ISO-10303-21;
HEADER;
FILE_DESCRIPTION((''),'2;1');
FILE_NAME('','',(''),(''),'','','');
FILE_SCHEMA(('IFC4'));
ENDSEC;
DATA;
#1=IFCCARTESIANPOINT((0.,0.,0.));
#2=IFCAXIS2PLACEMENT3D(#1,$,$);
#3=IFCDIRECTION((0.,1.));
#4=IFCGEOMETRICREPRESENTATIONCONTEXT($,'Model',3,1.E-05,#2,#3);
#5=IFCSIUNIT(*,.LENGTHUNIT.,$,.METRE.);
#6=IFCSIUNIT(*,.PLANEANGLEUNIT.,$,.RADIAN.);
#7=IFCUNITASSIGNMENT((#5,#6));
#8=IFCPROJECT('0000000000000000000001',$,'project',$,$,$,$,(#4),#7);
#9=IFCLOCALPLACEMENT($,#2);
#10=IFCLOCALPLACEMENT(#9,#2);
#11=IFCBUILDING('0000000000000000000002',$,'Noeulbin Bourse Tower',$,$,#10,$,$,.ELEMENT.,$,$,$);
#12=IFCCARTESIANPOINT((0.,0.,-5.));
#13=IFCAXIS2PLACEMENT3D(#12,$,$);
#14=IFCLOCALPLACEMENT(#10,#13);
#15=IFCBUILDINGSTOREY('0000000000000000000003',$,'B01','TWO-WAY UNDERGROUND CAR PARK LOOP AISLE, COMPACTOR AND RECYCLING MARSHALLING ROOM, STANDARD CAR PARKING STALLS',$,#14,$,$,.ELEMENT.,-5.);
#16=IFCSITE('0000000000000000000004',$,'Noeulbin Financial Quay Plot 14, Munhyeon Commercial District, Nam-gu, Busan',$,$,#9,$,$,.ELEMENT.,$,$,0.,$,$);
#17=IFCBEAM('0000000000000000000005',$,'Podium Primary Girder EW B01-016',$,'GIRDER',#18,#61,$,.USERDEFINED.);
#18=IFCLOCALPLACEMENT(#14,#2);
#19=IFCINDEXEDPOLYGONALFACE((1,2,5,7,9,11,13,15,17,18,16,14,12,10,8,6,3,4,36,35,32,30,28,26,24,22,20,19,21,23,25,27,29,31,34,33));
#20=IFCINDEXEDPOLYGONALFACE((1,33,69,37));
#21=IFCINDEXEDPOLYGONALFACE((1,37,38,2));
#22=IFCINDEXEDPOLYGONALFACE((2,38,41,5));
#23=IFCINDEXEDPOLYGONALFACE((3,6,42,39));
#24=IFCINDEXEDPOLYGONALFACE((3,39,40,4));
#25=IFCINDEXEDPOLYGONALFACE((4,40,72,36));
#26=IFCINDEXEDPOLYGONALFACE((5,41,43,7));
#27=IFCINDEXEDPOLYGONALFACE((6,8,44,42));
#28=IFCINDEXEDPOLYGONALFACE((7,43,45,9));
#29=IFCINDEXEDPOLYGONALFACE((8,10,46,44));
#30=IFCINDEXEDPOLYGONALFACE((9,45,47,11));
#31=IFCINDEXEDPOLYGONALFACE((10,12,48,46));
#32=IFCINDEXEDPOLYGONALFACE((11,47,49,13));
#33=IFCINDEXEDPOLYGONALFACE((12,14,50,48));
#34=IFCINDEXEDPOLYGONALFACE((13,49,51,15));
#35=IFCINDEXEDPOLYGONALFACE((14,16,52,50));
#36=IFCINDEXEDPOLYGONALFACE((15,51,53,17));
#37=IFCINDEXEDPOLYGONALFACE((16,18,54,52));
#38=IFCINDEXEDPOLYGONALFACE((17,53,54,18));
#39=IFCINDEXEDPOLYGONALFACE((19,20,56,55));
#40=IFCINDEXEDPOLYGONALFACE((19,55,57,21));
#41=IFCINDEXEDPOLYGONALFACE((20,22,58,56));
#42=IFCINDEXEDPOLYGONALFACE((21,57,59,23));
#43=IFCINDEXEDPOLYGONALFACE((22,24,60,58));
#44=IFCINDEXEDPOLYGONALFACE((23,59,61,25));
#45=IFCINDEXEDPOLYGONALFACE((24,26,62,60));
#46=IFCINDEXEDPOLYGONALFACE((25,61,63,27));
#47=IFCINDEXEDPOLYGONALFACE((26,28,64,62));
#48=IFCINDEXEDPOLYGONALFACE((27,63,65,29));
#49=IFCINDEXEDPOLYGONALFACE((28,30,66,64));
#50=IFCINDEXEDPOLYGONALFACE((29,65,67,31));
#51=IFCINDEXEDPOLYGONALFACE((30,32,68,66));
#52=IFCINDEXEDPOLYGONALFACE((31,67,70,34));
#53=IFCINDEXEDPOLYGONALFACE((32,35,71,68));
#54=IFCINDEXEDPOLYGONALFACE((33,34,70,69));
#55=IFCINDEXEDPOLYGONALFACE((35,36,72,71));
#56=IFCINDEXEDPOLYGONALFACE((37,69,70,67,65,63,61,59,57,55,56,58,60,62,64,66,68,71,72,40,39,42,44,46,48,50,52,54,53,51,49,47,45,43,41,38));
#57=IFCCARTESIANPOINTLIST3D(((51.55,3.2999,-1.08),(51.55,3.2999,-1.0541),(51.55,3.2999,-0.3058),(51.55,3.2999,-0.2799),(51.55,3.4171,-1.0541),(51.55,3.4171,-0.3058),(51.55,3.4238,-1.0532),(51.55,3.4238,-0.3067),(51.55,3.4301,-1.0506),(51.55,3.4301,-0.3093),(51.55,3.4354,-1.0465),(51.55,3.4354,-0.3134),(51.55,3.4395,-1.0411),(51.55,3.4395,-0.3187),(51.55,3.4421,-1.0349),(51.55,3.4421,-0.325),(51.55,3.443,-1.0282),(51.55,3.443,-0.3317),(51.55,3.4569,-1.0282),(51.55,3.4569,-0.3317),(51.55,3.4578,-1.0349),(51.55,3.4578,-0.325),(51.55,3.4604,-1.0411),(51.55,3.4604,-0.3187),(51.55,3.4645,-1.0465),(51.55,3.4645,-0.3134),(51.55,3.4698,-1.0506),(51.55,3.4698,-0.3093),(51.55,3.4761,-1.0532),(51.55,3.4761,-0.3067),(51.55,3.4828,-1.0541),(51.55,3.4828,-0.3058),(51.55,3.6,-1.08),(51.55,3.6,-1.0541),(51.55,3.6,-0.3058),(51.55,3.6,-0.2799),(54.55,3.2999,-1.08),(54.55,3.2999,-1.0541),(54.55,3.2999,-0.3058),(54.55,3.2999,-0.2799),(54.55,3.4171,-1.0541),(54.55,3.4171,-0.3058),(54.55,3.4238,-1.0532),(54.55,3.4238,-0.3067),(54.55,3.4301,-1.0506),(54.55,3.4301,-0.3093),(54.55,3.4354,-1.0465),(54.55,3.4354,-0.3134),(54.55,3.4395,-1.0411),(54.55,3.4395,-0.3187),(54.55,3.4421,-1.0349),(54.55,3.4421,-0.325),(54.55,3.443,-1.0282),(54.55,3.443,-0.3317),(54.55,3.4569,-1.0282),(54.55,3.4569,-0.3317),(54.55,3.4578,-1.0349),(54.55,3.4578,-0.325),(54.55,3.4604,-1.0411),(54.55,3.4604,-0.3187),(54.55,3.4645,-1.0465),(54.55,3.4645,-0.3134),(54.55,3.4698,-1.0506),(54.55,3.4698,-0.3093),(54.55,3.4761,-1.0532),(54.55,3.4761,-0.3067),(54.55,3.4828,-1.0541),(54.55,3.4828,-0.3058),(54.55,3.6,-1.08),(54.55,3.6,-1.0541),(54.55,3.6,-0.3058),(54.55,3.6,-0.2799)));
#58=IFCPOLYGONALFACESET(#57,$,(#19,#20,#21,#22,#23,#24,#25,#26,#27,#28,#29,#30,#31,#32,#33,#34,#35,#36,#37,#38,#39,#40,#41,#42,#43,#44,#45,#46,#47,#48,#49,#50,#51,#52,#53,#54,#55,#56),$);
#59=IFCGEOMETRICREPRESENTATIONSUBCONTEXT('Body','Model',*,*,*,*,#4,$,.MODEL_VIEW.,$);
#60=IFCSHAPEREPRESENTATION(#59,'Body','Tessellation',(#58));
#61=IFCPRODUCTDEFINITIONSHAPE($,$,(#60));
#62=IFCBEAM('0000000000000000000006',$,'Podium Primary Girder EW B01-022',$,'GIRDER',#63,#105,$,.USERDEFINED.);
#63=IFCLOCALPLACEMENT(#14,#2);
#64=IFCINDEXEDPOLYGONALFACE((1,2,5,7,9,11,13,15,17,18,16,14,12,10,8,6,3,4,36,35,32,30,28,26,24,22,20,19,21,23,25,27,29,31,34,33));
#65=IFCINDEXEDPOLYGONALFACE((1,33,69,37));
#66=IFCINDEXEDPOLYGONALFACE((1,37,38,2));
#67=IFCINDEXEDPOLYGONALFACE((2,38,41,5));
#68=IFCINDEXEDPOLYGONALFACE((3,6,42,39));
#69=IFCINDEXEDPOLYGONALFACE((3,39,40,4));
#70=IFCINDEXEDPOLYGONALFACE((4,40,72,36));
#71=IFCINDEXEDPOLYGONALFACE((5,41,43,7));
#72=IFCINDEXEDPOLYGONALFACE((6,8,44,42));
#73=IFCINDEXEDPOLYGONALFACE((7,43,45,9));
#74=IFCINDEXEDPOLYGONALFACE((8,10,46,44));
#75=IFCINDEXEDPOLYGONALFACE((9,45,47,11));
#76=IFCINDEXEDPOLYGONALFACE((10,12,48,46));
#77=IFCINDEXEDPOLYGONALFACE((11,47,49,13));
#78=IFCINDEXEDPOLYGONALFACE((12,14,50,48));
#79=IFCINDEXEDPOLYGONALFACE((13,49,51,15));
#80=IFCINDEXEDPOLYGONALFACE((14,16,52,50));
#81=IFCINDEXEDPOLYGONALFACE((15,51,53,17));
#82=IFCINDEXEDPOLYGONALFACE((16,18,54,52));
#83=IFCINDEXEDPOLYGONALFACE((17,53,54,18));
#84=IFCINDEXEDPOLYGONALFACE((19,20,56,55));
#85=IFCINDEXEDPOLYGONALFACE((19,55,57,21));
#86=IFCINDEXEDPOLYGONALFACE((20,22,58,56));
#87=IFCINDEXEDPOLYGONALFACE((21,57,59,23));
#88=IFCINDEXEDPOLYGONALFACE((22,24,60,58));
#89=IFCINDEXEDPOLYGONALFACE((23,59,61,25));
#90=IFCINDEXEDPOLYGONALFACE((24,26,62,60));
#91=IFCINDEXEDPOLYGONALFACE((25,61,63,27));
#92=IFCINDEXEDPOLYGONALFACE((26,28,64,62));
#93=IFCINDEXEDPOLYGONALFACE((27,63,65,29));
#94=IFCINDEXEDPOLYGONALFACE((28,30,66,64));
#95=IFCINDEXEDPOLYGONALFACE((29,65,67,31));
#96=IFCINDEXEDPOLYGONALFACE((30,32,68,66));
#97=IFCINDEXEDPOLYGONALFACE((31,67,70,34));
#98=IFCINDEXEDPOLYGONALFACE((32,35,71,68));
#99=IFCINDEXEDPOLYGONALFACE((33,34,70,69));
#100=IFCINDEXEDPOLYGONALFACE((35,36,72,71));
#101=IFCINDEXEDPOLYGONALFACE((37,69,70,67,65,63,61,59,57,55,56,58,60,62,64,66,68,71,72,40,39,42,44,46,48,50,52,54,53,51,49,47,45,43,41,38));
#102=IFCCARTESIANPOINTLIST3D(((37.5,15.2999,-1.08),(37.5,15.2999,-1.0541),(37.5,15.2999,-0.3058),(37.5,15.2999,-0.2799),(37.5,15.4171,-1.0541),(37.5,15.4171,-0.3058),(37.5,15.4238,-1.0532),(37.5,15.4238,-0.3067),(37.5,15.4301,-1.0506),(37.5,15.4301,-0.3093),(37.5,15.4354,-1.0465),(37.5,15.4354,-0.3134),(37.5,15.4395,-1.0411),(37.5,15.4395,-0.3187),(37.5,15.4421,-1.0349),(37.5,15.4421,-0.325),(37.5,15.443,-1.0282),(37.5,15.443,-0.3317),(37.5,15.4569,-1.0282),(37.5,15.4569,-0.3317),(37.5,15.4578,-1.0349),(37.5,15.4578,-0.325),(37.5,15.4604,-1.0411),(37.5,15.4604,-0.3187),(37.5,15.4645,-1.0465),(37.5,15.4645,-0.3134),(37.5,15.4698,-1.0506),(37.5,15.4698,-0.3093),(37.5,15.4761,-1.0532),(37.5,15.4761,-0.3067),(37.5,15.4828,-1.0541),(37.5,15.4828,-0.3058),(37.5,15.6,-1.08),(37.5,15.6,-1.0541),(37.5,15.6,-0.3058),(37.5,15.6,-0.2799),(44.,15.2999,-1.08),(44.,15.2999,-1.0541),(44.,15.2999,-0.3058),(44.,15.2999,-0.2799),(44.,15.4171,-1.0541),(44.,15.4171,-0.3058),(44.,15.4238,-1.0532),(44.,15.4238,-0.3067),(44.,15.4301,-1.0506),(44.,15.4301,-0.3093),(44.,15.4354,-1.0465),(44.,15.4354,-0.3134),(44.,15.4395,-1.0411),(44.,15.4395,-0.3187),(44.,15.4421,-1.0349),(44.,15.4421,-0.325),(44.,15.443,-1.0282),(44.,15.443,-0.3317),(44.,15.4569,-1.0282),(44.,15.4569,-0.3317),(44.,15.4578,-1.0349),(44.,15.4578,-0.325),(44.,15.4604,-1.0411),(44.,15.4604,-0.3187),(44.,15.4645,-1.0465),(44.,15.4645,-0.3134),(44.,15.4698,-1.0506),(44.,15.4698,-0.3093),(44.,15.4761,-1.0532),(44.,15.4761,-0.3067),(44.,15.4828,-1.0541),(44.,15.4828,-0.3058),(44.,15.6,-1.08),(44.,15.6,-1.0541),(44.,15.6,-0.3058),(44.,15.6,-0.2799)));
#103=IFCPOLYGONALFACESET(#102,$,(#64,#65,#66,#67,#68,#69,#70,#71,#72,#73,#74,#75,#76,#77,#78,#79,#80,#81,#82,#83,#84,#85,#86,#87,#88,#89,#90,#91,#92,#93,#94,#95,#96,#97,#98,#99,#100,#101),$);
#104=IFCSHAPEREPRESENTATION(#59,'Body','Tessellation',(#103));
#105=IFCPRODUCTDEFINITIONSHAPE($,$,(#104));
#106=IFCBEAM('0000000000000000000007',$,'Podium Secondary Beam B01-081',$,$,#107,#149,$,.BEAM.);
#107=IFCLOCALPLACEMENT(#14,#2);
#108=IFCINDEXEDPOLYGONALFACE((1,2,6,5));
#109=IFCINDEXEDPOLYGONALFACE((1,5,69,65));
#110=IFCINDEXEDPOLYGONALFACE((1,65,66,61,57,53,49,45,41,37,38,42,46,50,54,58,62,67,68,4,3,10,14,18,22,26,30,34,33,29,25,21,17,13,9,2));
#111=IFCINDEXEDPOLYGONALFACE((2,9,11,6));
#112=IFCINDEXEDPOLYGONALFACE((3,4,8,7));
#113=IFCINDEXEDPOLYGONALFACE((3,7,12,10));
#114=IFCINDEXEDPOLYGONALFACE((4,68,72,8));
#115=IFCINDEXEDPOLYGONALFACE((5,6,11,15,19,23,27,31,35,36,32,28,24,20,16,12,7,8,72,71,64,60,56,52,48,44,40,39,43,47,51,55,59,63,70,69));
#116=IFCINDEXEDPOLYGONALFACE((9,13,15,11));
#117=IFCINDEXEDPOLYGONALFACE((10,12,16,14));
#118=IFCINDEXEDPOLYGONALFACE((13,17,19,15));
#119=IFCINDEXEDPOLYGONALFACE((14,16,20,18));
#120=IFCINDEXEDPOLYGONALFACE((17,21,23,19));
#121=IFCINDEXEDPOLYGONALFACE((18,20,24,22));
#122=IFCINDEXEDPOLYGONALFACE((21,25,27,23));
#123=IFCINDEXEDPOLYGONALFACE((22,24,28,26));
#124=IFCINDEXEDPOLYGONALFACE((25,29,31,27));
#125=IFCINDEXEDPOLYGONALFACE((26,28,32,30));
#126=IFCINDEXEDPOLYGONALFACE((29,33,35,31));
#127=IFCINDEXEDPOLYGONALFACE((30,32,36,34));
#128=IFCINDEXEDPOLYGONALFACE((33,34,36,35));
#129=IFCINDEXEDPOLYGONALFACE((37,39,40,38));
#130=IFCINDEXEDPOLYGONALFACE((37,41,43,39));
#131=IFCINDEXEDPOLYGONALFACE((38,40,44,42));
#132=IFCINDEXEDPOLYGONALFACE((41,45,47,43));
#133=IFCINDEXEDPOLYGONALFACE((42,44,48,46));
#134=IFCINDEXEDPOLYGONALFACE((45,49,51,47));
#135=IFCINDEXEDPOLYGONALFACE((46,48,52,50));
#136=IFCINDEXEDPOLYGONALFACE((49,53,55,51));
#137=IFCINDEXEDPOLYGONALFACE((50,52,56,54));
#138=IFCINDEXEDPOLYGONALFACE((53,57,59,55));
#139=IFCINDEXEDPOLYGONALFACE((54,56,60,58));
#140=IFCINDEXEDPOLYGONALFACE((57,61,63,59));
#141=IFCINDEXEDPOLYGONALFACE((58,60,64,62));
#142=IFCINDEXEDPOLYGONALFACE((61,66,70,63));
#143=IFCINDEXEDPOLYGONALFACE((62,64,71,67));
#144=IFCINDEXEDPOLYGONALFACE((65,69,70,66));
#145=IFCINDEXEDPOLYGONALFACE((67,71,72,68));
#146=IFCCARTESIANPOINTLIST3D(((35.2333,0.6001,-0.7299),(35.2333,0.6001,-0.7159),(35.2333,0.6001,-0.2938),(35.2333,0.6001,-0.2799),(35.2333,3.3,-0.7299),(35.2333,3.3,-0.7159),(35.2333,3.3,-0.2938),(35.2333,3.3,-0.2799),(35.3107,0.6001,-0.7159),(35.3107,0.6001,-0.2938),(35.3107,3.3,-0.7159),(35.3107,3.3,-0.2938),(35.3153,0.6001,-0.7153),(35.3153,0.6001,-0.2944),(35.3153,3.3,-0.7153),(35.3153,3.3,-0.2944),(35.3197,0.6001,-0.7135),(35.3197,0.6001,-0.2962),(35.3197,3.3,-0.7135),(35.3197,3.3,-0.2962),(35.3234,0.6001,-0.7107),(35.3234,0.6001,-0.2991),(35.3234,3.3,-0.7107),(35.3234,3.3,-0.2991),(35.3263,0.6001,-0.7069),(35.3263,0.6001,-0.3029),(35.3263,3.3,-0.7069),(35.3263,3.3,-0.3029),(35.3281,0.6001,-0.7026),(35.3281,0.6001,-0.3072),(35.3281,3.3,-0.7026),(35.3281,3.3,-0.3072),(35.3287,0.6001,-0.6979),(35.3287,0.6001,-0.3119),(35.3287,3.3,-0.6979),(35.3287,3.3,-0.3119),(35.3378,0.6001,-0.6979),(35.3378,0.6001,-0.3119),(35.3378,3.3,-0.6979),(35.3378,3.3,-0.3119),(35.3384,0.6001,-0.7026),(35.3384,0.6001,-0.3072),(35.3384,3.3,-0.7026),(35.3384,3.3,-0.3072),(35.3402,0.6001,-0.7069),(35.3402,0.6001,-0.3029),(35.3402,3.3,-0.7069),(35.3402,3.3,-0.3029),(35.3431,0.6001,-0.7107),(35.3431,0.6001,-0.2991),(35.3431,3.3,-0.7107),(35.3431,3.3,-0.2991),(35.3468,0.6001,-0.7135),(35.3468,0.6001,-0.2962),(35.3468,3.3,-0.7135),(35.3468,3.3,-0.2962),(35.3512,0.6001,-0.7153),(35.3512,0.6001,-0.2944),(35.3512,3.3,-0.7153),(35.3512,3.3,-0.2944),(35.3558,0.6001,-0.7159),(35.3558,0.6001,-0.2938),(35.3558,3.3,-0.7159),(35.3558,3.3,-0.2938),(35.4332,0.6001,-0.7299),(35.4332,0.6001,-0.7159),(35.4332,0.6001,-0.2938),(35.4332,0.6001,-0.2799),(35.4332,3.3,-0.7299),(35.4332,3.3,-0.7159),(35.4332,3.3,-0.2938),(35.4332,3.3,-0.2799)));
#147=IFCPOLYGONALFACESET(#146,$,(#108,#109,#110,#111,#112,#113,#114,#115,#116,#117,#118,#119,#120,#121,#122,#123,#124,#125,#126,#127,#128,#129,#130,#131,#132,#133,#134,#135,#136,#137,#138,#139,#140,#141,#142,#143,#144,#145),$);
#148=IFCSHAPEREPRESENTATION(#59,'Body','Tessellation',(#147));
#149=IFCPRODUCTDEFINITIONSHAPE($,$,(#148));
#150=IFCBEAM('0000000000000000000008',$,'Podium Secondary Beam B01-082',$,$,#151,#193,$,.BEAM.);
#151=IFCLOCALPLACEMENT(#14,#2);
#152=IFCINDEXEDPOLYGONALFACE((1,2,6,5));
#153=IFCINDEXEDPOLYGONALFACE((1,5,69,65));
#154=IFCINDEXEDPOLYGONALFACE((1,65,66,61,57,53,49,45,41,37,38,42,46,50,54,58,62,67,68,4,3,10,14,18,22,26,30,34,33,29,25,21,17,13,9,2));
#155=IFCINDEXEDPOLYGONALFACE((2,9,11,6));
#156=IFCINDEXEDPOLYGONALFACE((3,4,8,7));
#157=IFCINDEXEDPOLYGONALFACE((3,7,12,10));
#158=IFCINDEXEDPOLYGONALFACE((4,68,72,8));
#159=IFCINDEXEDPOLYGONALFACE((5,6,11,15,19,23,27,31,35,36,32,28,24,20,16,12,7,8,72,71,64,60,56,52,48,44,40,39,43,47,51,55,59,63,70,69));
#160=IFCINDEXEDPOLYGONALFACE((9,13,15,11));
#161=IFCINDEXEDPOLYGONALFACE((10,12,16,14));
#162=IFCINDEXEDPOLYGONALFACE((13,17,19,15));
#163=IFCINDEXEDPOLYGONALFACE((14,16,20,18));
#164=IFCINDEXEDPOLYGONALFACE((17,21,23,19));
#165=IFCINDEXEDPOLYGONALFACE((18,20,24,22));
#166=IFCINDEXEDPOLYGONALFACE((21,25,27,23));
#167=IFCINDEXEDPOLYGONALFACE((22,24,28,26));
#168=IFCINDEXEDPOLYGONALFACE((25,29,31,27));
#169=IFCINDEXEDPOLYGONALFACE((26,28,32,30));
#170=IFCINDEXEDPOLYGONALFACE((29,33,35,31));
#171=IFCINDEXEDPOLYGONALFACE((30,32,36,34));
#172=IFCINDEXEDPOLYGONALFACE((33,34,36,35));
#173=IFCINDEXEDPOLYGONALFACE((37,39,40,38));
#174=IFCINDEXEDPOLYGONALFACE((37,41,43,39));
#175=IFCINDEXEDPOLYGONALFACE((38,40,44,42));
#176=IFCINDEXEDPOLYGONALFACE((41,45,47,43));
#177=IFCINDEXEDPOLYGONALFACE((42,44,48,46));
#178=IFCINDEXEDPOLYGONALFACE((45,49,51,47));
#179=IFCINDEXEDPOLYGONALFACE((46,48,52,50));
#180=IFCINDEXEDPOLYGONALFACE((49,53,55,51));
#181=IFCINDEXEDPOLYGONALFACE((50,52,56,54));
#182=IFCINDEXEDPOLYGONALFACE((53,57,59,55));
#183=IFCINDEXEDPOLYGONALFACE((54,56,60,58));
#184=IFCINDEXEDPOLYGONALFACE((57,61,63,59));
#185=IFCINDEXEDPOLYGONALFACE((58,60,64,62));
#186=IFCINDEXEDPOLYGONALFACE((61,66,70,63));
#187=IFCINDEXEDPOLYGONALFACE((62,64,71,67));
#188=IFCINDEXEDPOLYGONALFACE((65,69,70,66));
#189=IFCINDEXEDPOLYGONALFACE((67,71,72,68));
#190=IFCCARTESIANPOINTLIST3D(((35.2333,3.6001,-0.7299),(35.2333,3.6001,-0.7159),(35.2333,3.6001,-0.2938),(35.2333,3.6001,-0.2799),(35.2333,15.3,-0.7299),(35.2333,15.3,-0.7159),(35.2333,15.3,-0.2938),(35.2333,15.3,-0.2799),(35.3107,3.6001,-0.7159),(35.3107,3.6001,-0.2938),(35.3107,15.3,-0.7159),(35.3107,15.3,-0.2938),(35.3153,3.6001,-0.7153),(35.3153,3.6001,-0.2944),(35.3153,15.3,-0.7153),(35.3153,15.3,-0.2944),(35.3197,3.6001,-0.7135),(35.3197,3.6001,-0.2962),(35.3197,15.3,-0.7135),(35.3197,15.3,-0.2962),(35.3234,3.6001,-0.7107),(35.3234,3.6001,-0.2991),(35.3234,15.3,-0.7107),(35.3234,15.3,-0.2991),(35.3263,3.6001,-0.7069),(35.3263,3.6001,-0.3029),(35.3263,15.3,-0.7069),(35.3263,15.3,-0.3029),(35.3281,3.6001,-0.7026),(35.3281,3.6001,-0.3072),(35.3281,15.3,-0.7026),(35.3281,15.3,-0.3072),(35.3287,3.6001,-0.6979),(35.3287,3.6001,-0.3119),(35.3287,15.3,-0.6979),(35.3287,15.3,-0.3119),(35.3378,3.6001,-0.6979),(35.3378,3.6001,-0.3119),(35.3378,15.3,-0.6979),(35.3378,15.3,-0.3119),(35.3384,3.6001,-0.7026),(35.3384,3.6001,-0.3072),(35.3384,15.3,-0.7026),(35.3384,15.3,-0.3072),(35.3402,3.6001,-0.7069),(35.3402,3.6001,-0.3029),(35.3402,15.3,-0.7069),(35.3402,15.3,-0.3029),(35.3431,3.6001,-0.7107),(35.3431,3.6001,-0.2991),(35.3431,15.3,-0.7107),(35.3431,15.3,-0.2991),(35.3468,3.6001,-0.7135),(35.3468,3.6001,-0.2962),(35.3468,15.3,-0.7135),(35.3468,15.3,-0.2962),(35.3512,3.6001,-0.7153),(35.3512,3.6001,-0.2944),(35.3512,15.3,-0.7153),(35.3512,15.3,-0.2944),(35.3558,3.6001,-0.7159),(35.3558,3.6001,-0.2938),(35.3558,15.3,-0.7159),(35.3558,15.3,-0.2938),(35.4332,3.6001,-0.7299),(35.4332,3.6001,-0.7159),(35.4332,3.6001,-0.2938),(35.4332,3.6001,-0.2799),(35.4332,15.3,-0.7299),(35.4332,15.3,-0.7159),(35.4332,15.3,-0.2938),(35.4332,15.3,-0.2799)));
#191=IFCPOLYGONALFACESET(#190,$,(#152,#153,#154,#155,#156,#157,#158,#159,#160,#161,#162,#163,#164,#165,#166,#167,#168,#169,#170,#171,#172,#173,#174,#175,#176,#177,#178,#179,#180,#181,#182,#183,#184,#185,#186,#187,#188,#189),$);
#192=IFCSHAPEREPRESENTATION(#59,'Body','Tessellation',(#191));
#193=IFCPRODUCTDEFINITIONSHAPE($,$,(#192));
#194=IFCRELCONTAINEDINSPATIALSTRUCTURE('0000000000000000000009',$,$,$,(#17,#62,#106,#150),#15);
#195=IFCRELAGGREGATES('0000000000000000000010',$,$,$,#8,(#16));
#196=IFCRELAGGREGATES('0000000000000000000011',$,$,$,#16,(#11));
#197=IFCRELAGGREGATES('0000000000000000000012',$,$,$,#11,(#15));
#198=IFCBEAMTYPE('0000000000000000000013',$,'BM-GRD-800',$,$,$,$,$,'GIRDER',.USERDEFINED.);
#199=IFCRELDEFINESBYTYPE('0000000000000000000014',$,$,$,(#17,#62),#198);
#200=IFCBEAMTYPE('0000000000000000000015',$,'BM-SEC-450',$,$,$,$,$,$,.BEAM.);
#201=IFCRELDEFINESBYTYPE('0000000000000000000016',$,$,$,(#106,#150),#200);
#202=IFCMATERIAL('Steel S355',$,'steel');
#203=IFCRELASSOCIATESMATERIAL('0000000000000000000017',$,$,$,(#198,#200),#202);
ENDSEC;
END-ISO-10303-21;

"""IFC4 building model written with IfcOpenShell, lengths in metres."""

from ifc_helpers import new_model, si_unit, direction, frame, origin, origin_2d, place, context, subcontext, project, spatial, i_section, extrude, material, material_profile, profile_set, type_object, element, save


model = new_model("IFC4")

# Units and contexts
model_context = context("Model", 3, precision=1e-05, world=origin(), true_north=direction((0.0, 1.0)))
body_context = subcontext(model_context, "Body", "Model", "MODEL_VIEW")
ifc_project = project(units=[si_unit("LENGTHUNIT", "METRE"), si_unit("PLANEANGLEUNIT", "RADIAN")], contexts=[model_context])

# Site, building, storey
site_placement = place(None, origin())
site = spatial("IfcSite", under=ifc_project, at=site_placement, Name="Noeulbin Financial Quay Plot 14, Munhyeon Commercial District, Nam-gu, Busan", CompositionType="ELEMENT", RefElevation=0.0)
building_placement = place(site_placement, origin())
building = spatial("IfcBuilding", under=site, at=building_placement, Name="Noeulbin Bourse Tower", CompositionType="ELEMENT")
storey_placement = place(building_placement, frame((0.0, 0.0, -5.0)))
storey = spatial("IfcBuildingStorey", under=building, at=storey_placement, Name="B01", Description="TWO-WAY UNDERGROUND CAR PARK LOOP AISLE, COMPACTOR AND RECYCLING MARSHALLING ROOM, STANDARD CAR PARKING STALLS", CompositionType="ELEMENT", Elevation=-5.0)

# Beams
ifc_material_1 = material(Name="Steel S355", Category="steel")
ifc_material_profile_1 = material_profile(ifc_material_1, i_section(OverallWidth=0.3, OverallDepth=0.8, WebThickness=0.0139, FlangeThickness=0.0259, FilletRadius=0.0259, at=origin_2d()), Name="H-800x300x14x26", Category="LoadBearing")
ifc_profile_set_1 = profile_set([ifc_material_profile_1], Name="Steel S355")
beam_type_1 = type_object("IfcBeamType", Name="BM-GRD-800", ElementType="GIRDER", PredefinedType="USERDEFINED", material=ifc_profile_set_1)
beam_1_placement = place(storey_placement, frame((51.55, 3.45, -0.6799), z_axis=(1.0, 0.0, 0.0), x_axis=(0.0, 1.0, 0.0)))
element("IfcBeam", 1, at=beam_1_placement, inside=storey, type_object=beam_type_1, Name="Podium Primary Girder EW B01-016", ObjectType="GIRDER", PredefinedType="USERDEFINED", context=body_context, shape_type="SweptSolid", body=[
    extrude(i_section(OverallWidth=0.3, OverallDepth=0.8, WebThickness=0.0139, FlangeThickness=0.0259, FilletRadius=0.0259, at=origin_2d()), origin(), (0.0, 0.0, 1.0), 3.0),
])
beam_2_placement = place(storey_placement, frame((37.5, 15.45, -0.6799), z_axis=(1.0, 0.0, 0.0), x_axis=(0.0, 1.0, 0.0)))
element("IfcBeam", 2, at=beam_2_placement, inside=storey, type_object=beam_type_1, Name="Podium Primary Girder EW B01-022", ObjectType="GIRDER", PredefinedType="USERDEFINED", context=body_context, shape_type="SweptSolid", body=[
    extrude(i_section(OverallWidth=0.3, OverallDepth=0.8, WebThickness=0.0139, FlangeThickness=0.0259, FilletRadius=0.0259, at=origin_2d()), origin(), (0.0, 0.0, 1.0), 6.5),
])
ifc_material_profile_2 = material_profile(ifc_material_1, i_section(OverallWidth=0.2, OverallDepth=0.45, WebThickness=0.009, FlangeThickness=0.0139, FilletRadius=0.0181, at=origin_2d()), Name="H-450x200x9x14", Category="LoadBearing")
ifc_profile_set_2 = profile_set([ifc_material_profile_2], Name="Steel S355")
beam_type_2 = type_object("IfcBeamType", Name="BM-SEC-450", PredefinedType="BEAM", material=ifc_profile_set_2)
beam_3_placement = place(storey_placement, frame((35.3333, 0.6001, -0.5049), z_axis=(0.0, 1.0, 0.0), x_axis=(-1.0, 0.0, 0.0)))
element("IfcBeam", 3, at=beam_3_placement, inside=storey, type_object=beam_type_2, Name="Podium Secondary Beam B01-081", PredefinedType="BEAM", context=body_context, shape_type="SweptSolid", body=[
    extrude(i_section(OverallWidth=0.2, OverallDepth=0.45, WebThickness=0.009, FlangeThickness=0.0139, FilletRadius=0.0181, at=origin_2d()), origin(), (0.0, 0.0, 1.0), 2.7),
])
beam_4_placement = place(storey_placement, frame((35.3333, 3.6001, -0.5049), z_axis=(0.0, 1.0, 0.0), x_axis=(-1.0, 0.0, 0.0)))
element("IfcBeam", 4, at=beam_4_placement, inside=storey, type_object=beam_type_2, Name="Podium Secondary Beam B01-082", PredefinedType="BEAM", context=body_context, shape_type="SweptSolid", body=[
    extrude(i_section(OverallWidth=0.2, OverallDepth=0.45, WebThickness=0.009, FlangeThickness=0.0139, FilletRadius=0.0181, at=origin_2d()), origin(), (0.0, 0.0, 1.0), 11.7),
])

save(model, "model.ifc")
